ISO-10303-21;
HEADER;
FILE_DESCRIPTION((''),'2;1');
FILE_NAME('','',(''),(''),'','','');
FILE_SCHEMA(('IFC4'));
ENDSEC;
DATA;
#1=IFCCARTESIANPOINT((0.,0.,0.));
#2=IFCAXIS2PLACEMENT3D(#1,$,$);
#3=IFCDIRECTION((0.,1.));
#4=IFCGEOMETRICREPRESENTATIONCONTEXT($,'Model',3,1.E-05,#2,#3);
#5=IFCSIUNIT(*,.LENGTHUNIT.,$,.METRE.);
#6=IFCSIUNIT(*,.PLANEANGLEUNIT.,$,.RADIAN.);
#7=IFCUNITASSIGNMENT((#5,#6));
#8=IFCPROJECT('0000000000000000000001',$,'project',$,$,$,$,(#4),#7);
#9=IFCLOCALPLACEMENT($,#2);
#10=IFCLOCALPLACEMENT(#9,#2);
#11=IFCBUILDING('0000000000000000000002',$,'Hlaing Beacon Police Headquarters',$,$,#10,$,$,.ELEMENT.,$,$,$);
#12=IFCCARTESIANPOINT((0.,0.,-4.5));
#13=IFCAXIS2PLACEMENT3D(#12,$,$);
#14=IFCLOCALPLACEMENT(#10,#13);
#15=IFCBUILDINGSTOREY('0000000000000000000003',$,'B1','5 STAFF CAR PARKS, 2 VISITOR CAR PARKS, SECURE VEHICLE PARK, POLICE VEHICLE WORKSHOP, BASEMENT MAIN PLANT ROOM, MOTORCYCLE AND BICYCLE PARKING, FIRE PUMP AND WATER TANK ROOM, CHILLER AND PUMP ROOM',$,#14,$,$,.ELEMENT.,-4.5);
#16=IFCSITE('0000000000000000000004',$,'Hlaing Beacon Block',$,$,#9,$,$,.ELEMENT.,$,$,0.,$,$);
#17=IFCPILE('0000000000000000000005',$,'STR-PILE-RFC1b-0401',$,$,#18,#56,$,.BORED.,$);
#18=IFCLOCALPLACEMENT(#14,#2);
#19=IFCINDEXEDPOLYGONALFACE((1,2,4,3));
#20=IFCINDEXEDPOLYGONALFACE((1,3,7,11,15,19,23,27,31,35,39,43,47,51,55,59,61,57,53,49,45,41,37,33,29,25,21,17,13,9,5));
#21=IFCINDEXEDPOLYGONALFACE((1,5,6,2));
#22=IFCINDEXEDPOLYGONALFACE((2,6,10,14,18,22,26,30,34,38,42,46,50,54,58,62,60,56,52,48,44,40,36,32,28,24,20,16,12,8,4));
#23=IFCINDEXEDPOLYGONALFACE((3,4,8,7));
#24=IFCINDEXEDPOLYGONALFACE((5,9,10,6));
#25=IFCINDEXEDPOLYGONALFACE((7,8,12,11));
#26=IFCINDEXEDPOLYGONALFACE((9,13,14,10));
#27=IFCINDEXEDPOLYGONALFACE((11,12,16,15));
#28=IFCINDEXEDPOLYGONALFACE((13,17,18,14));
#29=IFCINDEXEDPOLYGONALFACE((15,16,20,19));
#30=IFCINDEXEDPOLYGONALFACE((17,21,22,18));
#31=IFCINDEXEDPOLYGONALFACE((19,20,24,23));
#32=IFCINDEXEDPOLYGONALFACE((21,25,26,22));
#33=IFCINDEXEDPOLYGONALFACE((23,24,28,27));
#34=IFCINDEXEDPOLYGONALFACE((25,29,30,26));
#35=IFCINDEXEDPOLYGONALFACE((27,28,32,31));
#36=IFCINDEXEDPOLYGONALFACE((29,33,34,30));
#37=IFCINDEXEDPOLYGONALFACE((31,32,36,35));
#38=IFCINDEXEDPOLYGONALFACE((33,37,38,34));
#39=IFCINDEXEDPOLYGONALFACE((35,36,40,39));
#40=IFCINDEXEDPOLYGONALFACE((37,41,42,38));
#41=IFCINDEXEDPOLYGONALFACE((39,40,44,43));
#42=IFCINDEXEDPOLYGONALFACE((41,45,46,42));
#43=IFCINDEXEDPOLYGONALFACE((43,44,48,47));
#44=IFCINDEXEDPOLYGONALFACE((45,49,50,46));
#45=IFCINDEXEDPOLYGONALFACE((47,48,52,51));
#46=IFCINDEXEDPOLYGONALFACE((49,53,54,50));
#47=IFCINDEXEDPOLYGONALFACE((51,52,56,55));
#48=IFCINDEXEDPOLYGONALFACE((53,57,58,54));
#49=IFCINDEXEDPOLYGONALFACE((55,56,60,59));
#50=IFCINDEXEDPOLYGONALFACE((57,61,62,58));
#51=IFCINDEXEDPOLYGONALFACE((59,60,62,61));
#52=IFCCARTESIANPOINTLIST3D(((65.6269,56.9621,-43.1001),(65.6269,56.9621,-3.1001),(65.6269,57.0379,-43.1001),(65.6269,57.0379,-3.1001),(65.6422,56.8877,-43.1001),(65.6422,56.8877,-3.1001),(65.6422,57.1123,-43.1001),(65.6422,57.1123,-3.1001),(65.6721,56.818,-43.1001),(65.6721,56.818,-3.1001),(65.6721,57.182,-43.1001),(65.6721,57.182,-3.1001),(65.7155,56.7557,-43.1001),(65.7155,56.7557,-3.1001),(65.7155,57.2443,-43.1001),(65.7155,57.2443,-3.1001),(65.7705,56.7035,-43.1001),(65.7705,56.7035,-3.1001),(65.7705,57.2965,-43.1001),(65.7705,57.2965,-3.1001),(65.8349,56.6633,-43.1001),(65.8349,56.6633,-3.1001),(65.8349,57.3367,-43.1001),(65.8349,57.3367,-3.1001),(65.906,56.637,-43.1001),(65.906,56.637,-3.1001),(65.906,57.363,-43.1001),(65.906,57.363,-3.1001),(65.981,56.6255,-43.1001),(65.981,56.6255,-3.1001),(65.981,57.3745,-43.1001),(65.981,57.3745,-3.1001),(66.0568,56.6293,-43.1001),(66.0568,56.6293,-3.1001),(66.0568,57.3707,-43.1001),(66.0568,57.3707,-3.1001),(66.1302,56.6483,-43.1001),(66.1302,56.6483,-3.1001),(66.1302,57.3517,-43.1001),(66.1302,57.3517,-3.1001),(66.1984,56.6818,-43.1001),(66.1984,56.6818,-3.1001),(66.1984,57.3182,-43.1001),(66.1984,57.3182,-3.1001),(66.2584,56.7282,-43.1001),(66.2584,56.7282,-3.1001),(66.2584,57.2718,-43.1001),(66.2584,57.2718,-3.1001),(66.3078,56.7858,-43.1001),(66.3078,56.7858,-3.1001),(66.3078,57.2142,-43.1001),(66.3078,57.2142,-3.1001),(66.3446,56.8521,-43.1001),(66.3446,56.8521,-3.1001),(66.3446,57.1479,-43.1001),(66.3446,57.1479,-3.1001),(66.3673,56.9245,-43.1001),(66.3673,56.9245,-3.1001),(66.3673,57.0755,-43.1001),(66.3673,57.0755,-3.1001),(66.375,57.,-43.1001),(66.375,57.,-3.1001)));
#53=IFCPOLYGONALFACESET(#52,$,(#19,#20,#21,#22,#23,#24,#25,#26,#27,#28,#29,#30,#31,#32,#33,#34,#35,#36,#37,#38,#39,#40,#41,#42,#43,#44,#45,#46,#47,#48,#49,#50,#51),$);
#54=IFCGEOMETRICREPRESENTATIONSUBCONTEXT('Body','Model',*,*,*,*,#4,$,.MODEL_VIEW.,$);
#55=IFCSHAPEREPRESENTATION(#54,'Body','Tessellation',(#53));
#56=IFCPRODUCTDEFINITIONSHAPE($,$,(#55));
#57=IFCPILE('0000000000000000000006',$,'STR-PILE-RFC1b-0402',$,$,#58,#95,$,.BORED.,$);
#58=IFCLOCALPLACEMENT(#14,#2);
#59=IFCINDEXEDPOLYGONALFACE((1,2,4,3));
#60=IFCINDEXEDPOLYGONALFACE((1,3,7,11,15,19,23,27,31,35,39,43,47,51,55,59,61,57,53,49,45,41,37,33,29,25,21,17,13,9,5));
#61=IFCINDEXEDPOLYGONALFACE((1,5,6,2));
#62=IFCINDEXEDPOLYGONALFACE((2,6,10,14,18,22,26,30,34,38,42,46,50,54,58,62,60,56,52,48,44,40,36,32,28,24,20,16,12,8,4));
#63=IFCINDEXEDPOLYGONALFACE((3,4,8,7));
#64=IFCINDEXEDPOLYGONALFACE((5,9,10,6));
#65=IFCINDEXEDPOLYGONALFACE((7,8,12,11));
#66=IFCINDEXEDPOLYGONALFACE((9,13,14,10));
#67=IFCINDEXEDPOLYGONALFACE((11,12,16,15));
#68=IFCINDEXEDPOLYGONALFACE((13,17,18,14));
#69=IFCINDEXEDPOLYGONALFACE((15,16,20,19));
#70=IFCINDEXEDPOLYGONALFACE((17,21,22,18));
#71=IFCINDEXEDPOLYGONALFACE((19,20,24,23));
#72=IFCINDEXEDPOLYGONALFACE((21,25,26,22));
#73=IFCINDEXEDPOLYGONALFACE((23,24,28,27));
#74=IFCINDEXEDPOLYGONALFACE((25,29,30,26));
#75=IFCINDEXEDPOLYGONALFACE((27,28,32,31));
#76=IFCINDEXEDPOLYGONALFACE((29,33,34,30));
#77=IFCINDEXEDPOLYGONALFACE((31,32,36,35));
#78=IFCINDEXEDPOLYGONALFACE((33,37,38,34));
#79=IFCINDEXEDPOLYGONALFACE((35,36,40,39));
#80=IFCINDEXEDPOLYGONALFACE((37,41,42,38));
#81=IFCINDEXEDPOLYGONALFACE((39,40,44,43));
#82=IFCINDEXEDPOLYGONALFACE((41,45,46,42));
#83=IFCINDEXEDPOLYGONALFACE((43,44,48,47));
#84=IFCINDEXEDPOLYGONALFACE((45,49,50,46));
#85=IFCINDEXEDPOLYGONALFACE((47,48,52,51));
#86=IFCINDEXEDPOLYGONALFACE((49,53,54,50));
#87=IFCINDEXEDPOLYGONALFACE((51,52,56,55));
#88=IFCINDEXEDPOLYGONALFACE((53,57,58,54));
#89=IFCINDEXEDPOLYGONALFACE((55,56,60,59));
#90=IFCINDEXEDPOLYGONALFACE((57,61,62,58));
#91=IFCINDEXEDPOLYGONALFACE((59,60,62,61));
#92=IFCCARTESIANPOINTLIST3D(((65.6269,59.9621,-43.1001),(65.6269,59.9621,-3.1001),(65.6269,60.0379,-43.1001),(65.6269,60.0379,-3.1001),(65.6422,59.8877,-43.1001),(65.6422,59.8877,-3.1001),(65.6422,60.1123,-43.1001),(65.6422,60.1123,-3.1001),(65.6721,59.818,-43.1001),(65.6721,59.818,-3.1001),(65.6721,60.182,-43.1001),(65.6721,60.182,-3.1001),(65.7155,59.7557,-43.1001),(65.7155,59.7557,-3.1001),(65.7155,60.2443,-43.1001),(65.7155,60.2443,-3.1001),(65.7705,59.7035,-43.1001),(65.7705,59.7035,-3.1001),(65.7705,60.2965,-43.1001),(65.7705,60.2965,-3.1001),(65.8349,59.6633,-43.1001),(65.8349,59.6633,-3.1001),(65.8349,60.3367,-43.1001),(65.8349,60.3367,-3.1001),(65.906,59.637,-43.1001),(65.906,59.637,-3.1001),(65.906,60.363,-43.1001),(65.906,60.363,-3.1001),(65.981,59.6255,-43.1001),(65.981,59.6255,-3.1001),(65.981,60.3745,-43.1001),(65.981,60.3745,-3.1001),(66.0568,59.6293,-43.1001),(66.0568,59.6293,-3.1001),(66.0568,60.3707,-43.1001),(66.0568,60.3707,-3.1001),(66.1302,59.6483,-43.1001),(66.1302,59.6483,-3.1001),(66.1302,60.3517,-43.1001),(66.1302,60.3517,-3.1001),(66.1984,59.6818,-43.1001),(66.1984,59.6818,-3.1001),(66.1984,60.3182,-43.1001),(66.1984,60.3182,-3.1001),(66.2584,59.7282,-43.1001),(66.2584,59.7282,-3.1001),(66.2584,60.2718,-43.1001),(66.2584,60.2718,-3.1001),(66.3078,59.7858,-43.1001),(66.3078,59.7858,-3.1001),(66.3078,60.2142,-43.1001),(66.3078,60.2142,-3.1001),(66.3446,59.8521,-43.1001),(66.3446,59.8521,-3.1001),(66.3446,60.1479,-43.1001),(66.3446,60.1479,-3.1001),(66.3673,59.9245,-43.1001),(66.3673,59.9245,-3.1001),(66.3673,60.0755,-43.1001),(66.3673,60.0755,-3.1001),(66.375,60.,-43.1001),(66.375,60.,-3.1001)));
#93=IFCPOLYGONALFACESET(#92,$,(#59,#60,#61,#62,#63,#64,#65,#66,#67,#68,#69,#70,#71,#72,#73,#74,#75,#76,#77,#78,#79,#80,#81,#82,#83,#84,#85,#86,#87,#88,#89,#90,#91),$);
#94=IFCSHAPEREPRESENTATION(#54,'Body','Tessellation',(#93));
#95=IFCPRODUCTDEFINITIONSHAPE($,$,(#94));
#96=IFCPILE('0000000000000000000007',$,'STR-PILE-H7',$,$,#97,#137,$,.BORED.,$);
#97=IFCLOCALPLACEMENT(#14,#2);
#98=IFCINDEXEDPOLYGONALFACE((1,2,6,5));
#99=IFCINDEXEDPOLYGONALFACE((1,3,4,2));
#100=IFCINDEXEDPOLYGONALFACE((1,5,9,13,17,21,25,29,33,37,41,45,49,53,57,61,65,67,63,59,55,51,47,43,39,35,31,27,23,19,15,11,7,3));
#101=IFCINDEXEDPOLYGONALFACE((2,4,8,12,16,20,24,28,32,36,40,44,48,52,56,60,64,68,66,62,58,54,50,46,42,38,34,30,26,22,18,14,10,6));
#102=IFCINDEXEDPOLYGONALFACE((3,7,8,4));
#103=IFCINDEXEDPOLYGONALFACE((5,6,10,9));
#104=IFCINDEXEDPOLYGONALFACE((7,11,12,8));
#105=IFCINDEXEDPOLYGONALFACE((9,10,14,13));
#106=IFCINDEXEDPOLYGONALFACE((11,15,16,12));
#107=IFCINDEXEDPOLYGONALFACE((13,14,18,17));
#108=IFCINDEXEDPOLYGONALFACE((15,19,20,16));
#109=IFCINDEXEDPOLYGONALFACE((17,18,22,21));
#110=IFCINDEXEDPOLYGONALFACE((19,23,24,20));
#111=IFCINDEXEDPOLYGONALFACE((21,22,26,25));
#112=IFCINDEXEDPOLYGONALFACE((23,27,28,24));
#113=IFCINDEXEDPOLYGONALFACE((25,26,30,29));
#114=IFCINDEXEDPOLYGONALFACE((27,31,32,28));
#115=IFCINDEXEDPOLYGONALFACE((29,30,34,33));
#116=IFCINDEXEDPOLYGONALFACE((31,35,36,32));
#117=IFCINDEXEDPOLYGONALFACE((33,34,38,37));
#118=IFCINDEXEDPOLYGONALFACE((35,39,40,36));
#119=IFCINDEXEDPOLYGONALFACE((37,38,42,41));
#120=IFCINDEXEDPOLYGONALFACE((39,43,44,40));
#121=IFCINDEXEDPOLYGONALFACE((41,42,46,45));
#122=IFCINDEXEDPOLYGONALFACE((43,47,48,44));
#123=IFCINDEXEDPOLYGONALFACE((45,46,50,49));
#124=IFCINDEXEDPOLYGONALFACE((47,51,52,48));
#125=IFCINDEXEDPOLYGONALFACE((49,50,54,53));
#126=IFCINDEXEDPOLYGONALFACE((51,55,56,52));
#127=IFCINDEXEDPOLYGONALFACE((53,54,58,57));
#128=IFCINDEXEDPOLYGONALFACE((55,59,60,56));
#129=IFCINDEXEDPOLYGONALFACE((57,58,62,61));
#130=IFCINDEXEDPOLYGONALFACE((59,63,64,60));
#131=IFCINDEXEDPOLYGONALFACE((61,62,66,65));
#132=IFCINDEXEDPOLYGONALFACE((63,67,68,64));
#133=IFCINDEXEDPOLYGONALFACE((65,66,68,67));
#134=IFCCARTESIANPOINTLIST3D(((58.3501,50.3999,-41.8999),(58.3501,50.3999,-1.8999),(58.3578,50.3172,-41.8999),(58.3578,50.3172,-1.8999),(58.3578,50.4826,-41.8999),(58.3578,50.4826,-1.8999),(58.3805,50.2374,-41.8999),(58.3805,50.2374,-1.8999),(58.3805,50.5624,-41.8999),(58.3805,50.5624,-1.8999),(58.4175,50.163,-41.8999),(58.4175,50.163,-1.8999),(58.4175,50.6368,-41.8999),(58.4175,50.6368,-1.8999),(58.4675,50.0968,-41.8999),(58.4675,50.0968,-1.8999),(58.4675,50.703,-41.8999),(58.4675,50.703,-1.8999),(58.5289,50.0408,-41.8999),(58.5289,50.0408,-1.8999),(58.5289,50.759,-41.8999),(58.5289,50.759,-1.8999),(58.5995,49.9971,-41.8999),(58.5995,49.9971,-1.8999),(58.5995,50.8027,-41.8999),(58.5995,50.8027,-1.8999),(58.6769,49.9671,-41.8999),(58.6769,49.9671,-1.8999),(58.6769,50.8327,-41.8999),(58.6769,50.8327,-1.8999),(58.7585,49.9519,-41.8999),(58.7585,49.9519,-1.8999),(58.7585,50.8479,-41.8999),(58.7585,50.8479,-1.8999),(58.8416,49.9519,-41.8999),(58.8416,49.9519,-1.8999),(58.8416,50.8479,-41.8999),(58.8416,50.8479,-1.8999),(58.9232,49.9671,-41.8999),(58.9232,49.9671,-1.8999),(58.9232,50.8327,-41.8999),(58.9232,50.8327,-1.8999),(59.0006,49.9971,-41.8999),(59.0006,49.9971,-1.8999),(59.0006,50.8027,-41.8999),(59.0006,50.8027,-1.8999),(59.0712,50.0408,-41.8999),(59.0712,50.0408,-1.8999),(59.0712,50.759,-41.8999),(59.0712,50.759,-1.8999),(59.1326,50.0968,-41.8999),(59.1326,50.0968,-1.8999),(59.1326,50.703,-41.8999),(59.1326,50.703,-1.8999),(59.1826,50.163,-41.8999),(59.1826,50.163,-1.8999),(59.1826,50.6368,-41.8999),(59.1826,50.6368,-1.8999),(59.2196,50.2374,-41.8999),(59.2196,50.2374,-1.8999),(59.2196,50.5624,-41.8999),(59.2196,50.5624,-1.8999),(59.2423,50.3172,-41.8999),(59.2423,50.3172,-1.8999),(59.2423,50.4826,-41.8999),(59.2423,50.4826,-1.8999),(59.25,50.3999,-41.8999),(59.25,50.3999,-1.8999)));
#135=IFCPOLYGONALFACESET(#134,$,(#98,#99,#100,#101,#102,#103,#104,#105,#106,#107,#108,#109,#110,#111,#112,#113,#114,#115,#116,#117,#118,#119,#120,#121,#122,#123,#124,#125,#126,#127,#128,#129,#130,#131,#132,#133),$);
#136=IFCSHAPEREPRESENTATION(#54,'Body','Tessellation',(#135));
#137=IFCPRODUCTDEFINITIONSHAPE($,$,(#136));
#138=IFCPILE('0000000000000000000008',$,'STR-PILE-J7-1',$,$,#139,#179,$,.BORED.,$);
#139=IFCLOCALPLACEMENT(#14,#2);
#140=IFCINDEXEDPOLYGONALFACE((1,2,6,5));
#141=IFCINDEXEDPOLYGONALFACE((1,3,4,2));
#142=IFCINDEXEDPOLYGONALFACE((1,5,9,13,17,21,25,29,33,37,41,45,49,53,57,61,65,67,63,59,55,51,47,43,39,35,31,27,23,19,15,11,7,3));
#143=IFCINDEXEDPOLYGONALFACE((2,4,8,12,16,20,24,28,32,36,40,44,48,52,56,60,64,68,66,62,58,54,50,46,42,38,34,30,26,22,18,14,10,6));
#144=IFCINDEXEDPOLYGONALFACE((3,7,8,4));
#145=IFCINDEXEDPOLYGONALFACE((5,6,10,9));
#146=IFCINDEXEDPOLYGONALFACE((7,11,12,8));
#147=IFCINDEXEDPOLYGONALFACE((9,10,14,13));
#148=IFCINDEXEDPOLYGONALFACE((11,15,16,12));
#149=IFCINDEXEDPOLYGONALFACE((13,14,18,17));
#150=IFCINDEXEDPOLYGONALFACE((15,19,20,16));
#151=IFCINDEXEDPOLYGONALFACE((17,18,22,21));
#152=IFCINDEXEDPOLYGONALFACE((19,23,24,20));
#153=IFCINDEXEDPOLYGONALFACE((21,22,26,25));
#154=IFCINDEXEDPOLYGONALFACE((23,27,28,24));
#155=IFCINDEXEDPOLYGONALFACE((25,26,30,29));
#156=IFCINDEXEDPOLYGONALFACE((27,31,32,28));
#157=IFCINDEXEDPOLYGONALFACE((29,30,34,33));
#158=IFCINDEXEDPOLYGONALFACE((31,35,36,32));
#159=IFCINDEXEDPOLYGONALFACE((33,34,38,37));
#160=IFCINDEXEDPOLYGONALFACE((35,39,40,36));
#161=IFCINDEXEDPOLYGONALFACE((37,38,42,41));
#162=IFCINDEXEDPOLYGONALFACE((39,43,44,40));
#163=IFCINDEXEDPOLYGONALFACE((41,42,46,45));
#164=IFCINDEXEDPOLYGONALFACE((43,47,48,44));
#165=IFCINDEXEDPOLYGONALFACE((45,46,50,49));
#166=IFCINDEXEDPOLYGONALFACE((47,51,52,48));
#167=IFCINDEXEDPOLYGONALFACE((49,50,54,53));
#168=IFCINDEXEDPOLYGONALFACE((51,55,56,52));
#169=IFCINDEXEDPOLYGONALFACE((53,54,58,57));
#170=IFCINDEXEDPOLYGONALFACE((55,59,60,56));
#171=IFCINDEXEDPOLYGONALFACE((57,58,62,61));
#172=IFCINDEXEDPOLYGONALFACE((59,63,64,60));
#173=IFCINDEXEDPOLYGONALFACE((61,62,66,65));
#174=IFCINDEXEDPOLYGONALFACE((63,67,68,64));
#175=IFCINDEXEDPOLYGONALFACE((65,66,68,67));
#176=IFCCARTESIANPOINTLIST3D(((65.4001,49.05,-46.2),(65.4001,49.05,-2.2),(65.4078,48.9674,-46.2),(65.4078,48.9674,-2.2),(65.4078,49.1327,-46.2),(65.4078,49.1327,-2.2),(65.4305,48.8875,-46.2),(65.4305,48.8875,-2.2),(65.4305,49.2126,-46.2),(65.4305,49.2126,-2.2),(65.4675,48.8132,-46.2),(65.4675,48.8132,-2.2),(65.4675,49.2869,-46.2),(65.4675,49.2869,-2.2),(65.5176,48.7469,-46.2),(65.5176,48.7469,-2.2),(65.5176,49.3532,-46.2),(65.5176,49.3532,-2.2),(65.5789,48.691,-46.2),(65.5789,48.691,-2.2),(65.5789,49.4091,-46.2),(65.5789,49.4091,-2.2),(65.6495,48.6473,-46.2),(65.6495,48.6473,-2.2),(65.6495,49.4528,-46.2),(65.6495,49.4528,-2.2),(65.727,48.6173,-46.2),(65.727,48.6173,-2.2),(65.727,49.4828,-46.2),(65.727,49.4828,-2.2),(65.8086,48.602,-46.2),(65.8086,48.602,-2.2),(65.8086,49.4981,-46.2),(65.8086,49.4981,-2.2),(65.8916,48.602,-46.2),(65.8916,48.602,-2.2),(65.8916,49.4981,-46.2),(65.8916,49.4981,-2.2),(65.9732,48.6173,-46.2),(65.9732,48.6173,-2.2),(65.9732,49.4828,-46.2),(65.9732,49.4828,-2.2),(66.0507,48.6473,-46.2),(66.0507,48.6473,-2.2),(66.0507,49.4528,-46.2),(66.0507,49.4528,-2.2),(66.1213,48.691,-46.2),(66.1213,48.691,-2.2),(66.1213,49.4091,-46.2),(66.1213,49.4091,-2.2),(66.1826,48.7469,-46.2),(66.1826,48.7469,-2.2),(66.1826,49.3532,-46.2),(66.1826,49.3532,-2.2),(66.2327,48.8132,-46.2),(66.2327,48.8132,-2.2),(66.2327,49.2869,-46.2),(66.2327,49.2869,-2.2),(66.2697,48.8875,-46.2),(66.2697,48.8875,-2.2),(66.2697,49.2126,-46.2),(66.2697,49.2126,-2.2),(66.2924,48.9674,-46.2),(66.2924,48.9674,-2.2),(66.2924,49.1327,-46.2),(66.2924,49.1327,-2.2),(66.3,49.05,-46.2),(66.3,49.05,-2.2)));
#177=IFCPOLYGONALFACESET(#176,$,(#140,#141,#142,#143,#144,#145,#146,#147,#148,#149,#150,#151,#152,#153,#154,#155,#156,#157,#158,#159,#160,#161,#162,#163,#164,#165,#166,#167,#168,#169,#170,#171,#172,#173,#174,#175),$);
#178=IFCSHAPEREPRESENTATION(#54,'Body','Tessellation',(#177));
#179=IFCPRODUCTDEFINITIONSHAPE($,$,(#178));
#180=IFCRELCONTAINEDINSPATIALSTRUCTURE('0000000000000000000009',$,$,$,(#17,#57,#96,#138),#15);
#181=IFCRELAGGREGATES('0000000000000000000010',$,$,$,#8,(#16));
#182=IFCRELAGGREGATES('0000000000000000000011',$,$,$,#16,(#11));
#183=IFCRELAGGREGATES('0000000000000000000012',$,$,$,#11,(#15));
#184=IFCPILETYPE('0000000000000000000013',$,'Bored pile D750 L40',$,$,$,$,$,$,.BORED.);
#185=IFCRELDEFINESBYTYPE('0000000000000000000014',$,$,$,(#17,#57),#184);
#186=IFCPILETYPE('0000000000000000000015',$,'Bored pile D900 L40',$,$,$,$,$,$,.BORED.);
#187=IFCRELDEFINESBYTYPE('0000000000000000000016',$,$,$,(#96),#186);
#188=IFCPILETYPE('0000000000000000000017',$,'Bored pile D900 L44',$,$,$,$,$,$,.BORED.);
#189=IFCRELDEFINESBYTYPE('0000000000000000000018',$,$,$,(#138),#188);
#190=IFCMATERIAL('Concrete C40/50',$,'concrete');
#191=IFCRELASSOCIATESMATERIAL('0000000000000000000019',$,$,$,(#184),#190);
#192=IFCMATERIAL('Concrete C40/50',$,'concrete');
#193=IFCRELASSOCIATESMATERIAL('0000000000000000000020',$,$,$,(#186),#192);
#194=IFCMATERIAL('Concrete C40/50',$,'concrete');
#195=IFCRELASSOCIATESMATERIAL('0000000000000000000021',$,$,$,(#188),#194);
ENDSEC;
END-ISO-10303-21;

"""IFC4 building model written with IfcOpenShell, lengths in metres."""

from ifc_helpers import new_model, si_unit, direction, frame, origin, origin_2d, place, context, subcontext, project, spatial, circle, extrude, material, material_profile, profile_set, type_object, element, save


model = new_model("IFC4")

# Units and contexts
model_context = context("Model", 3, precision=1e-05, world=origin(), true_north=direction((0.0, 1.0)))
body_context = subcontext(model_context, "Body", "Model", "MODEL_VIEW")
ifc_project = project(units=[si_unit("LENGTHUNIT", "METRE"), si_unit("PLANEANGLEUNIT", "RADIAN")], contexts=[model_context])

# Site, building, storey
site_placement = place(None, origin())
site = spatial("IfcSite", under=ifc_project, at=site_placement, Name="Hlaing Beacon Block", CompositionType="ELEMENT", RefElevation=0.0)
building_placement = place(site_placement, origin())
building = spatial("IfcBuilding", under=site, at=building_placement, Name="Hlaing Beacon Police Headquarters", CompositionType="ELEMENT")
storey_placement = place(building_placement, frame((0.0, 0.0, -4.5)))
storey = spatial("IfcBuildingStorey", under=building, at=storey_placement, Name="B1", Description="5 STAFF CAR PARKS, 2 VISITOR CAR PARKS, SECURE VEHICLE PARK, POLICE VEHICLE WORKSHOP, BASEMENT MAIN PLANT ROOM, MOTORCYCLE AND BICYCLE PARKING, FIRE PUMP AND WATER TANK ROOM, CHILLER AND PUMP ROOM", CompositionType="ELEMENT", Elevation=-4.5)

# Piles
ifc_material_1 = material(Name="Concrete C40/50", Category="concrete")
ifc_material_profile_1 = material_profile(ifc_material_1, circle(Radius=0.375, at=origin_2d()), Name="D750")
ifc_profile_set_1 = profile_set([ifc_material_profile_1], Name="Concrete C40/50")
pile_type_1 = type_object("IfcPileType", Name="Bored pile D750 L40", PredefinedType="BORED", material=ifc_profile_set_1)
for number, where, z_axis, x_axis, name in (
    (1, (66.0, 57.0, -3.1001), (0.0, 0.0, -1.0), (1.0, 0.0, 0.0), "STR-PILE-RFC1b-0401"),
    (2, (66.0, 60.0, -3.1001), (0.0, 0.0, -1.0), (1.0, 0.0, 0.0), "STR-PILE-RFC1b-0402"),
):
    element("IfcPile", number, at=place(storey_placement, frame(where, z_axis=z_axis, x_axis=x_axis)), inside=storey, type_object=pile_type_1, Name=name, PredefinedType="BORED", context=body_context, shape_type="SweptSolid", body=[
        extrude(circle(Radius=0.375, at=origin_2d()), origin(), (0.0, 0.0, 1.0), 40.0),
    ])
ifc_material_2 = material(Name="Concrete C40/50", Category="concrete")
ifc_material_profile_2 = material_profile(ifc_material_2, circle(Radius=0.45, at=origin_2d()), Name="D900")
ifc_profile_set_2 = profile_set([ifc_material_profile_2], Name="Concrete C40/50")
pile_type_2 = type_object("IfcPileType", Name="Bored pile D900 L40", PredefinedType="BORED", material=ifc_profile_set_2)
pile_placement = place(storey_placement, frame((58.8, 50.3999, -1.8999), z_axis=(0.0, 0.0, -1.0), x_axis=(1.0, 0.0, 0.0)))
element("IfcPile", 3, at=pile_placement, inside=storey, type_object=pile_type_2, Name="STR-PILE-H7", PredefinedType="BORED", context=body_context, shape_type="SweptSolid", body=[
    extrude(circle(Radius=0.45, at=origin_2d()), origin(), (0.0, 0.0, 1.0), 40.0),
])
ifc_material_3 = material(Name="Concrete C40/50", Category="concrete")
ifc_material_profile_3 = material_profile(ifc_material_3, circle(Radius=0.45, at=origin_2d()), Name="D900")
ifc_profile_set_3 = profile_set([ifc_material_profile_3], Name="Concrete C40/50")
pile_type_3 = type_object("IfcPileType", Name="Bored pile D900 L44", PredefinedType="BORED", material=ifc_profile_set_3)
for number, where, z_axis, x_axis, name in (
    (4, (65.8501, 49.05, -2.2), (0.0, 0.0, -1.0), (1.0, 0.0, 0.0), "STR-PILE-J7-1"),
):
    element("IfcPile", number, at=place(storey_placement, frame(where, z_axis=z_axis, x_axis=x_axis)), inside=storey, type_object=pile_type_3, Name=name, PredefinedType="BORED", context=body_context, shape_type="SweptSolid", body=[
        extrude(circle(Radius=0.45, at=origin_2d()), origin(), (0.0, 0.0, 1.0), 44.0),
    ])

save(model, "model.ifc")
